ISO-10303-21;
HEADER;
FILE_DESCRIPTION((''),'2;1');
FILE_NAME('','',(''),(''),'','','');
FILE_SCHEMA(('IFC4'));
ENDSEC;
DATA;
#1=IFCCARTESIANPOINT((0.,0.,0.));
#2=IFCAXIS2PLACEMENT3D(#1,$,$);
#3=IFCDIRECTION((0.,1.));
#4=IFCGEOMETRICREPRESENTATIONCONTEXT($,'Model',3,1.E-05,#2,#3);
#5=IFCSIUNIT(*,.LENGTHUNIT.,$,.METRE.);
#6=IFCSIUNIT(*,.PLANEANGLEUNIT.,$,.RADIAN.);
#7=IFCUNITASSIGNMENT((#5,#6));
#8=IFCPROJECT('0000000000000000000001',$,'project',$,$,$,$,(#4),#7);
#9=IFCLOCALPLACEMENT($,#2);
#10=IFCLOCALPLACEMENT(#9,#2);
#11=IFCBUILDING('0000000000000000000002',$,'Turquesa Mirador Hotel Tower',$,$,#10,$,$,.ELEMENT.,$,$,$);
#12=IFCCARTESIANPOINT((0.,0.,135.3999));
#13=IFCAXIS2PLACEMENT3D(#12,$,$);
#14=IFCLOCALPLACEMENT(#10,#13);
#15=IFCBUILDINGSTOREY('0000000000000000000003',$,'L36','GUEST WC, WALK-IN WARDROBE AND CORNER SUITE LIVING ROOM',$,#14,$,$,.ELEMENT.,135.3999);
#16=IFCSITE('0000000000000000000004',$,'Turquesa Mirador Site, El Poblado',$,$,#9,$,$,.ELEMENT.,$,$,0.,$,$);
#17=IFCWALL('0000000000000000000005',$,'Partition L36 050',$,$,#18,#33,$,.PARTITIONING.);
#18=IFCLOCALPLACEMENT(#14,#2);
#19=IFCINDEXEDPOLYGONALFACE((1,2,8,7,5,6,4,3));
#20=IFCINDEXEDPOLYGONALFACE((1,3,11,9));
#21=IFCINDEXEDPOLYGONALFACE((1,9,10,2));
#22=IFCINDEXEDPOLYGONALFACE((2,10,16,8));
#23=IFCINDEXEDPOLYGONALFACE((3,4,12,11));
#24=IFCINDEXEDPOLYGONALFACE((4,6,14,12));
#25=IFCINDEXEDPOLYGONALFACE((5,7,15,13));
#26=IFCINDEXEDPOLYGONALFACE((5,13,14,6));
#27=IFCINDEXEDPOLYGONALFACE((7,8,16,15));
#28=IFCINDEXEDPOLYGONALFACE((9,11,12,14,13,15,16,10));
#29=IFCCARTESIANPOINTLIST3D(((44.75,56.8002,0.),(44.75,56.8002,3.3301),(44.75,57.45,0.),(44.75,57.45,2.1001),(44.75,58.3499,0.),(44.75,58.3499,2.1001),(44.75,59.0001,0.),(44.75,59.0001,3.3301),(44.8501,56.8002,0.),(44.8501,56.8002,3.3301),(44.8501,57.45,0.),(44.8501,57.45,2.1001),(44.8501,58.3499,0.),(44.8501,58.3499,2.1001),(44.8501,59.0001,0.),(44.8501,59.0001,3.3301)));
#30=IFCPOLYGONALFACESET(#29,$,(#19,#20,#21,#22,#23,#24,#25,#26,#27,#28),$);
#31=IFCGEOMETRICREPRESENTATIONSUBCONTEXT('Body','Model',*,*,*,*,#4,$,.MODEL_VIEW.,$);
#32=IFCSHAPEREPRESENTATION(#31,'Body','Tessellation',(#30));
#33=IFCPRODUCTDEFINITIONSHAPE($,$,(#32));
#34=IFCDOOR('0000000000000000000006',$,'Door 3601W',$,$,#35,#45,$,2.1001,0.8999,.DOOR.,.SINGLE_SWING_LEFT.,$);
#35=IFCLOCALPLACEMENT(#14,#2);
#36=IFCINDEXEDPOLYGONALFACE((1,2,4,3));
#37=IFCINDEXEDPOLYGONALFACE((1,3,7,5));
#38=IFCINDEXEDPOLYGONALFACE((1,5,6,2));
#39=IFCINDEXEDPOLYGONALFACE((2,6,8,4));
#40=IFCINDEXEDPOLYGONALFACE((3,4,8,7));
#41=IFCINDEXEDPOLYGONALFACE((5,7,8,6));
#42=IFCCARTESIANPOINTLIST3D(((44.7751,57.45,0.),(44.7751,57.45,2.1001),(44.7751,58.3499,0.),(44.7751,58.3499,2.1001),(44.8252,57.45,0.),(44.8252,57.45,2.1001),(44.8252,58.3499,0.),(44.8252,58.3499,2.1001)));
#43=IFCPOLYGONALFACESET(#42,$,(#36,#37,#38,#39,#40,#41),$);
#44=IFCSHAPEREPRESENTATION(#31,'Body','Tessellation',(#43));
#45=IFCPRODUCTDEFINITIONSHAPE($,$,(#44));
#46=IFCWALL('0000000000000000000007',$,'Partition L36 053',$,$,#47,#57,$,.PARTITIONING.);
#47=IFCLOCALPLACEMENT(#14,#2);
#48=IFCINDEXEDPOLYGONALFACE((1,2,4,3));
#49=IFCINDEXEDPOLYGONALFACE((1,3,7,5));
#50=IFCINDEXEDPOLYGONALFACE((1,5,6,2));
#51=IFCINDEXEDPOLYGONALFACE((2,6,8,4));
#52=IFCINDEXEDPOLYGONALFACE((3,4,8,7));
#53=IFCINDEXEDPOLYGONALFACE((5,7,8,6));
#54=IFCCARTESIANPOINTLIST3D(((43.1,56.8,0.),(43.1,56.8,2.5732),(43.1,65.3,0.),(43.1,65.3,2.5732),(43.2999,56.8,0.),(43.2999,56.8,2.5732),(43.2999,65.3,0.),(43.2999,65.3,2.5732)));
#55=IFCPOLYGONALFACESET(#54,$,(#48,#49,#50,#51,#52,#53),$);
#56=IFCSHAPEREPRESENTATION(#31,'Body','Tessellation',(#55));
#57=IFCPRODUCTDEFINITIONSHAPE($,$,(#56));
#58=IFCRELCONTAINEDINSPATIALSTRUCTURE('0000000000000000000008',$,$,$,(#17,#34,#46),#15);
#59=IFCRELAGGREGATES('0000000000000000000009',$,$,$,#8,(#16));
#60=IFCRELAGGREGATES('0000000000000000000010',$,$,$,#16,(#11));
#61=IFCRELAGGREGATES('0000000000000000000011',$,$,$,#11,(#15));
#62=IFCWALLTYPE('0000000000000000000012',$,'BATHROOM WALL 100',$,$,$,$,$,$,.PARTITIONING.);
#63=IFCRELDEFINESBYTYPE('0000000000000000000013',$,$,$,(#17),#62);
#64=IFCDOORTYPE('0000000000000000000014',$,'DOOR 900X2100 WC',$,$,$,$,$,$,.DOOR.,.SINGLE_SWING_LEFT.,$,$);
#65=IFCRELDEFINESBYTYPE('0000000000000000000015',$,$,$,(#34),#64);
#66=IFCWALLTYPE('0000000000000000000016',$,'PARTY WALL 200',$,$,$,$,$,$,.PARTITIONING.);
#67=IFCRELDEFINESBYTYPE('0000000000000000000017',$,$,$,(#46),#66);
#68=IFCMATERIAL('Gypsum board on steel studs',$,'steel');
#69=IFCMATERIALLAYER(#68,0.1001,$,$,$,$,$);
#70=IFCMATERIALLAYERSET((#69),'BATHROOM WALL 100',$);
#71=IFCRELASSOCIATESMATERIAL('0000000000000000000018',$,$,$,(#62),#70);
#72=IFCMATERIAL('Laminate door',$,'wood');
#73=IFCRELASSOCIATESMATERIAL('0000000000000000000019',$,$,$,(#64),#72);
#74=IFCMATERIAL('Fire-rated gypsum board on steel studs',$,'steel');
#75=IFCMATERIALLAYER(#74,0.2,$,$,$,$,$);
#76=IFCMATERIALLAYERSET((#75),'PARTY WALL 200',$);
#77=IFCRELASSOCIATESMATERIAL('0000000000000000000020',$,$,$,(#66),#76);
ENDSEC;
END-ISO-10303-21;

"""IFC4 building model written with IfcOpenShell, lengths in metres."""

from ifc_helpers import new_model, si_unit, direction, frame, frame_2d, origin, place, context, subcontext, project, spatial, rectangle, extrude, material, layer, layer_set, type_object, element, fill, save


model = new_model("IFC4")

# Units and contexts
model_context = context("Model", 3, precision=1e-05, world=origin(), true_north=direction((0.0, 1.0)))
body_context = subcontext(model_context, "Body", "Model", "MODEL_VIEW")
ifc_project = project(units=[si_unit("LENGTHUNIT", "METRE"), si_unit("PLANEANGLEUNIT", "RADIAN")], contexts=[model_context])

# Site, building, storey
site_placement = place(None, origin())
site = spatial("IfcSite", under=ifc_project, at=site_placement, Name="Turquesa Mirador Site, El Poblado", CompositionType="ELEMENT", RefElevation=0.0)
building_placement = place(site_placement, origin())
building = spatial("IfcBuilding", under=site, at=building_placement, Name="Turquesa Mirador Hotel Tower", CompositionType="ELEMENT")
storey_placement = place(building_placement, frame((0.0, 0.0, 135.3999)))
storey = spatial("IfcBuildingStorey", under=building, at=storey_placement, Name="L36", Description="GUEST WC, WALK-IN WARDROBE AND CORNER SUITE LIVING ROOM", CompositionType="ELEMENT", Elevation=135.3999)

# Shared definitions
ifc_material_1 = material(Name="Gypsum board on steel studs", Category="steel")
ifc_layer_1 = layer(ifc_material_1, 0.1001)
ifc_layer_set_1 = layer_set([ifc_layer_1], Name="BATHROOM WALL 100")
wall_type_1 = type_object("IfcWallType", Name="BATHROOM WALL 100", PredefinedType="PARTITIONING", material=ifc_layer_set_1)

# Wall, opening, door
wall_1_placement = place(storey_placement, frame((44.8, 56.8, 0.0), z_axis=(0.0, 0.0, 1.0), x_axis=(0.0, 1.0, 0.0)))
wall_1 = element("IfcWall", 1, at=wall_1_placement, inside=storey, type_object=wall_type_1, Name="Partition L36 050", PredefinedType="PARTITIONING", context=body_context, shape_type="SweptSolid", body=[
    extrude(rectangle(XDim=2.2, YDim=0.1001, at=frame_2d((1.1001, 0.0))), origin(), (0.0, 0.0, 1.0), 3.3301),
])
opening_placement = place(wall_1_placement, frame((0.6499, 0.0, 0.0)))
opening = element("IfcOpeningElement", 2, at=opening_placement, cuts=wall_1, PredefinedType="OPENING", context=body_context, shape_type="SweptSolid", body=[
    extrude(rectangle(XDim=0.8999, YDim=2.1001, at=frame_2d((0.45, 1.05))), frame((0.0, 0.0601, 0.0), z_axis=(0.0, -1.0, 0.0), x_axis=(1.0, 0.0, 0.0)), (0.0, 0.0, 1.0), 0.1201),
])
ifc_material_2 = material(Name="Laminate door", Category="wood")
door_type = type_object("IfcDoorType", Name="DOOR 900X2100 WC", OperationType="SINGLE_SWING_LEFT", PredefinedType="DOOR", material=ifc_material_2)
door_placement = place(opening_placement, origin())
door = element("IfcDoor", 3, at=door_placement, inside=storey, type_object=door_type, Name="Door 3601W", OperationType="SINGLE_SWING_LEFT", OverallHeight=2.1001, OverallWidth=0.8999, PredefinedType="DOOR", context=body_context, shape_type="SweptSolid", body=[
    extrude(rectangle(XDim=0.8999, YDim=2.1001, at=frame_2d((0.45, 1.05))), frame((0.0, 0.0249, 0.0), z_axis=(0.0, -1.0, 0.0), x_axis=(1.0, 0.0, 0.0)), (0.0, 0.0, 1.0), 0.05),
])
fill(opening, door)

# Wall
ifc_material_3 = material(Name="Fire-rated gypsum board on steel studs", Category="steel")
ifc_layer_2 = layer(ifc_material_3, 0.2)
ifc_layer_set_2 = layer_set([ifc_layer_2], Name="PARTY WALL 200")
wall_type_2 = type_object("IfcWallType", Name="PARTY WALL 200", PredefinedType="PARTITIONING", material=ifc_layer_set_2)
wall_2_placement = place(storey_placement, frame((43.2, 56.8, 0.0), z_axis=(0.0, 0.0, 1.0), x_axis=(0.0, 1.0, 0.0)))
element("IfcWall", 4, at=wall_2_placement, inside=storey, type_object=wall_type_2, Name="Partition L36 053", PredefinedType="PARTITIONING", context=body_context, shape_type="SweptSolid", body=[
    extrude(rectangle(XDim=8.5, YDim=0.2, at=frame_2d((4.25, 0.0))), origin(), (0.0, 0.0, 1.0), 2.5732),
])

save(model, "model.ifc")
